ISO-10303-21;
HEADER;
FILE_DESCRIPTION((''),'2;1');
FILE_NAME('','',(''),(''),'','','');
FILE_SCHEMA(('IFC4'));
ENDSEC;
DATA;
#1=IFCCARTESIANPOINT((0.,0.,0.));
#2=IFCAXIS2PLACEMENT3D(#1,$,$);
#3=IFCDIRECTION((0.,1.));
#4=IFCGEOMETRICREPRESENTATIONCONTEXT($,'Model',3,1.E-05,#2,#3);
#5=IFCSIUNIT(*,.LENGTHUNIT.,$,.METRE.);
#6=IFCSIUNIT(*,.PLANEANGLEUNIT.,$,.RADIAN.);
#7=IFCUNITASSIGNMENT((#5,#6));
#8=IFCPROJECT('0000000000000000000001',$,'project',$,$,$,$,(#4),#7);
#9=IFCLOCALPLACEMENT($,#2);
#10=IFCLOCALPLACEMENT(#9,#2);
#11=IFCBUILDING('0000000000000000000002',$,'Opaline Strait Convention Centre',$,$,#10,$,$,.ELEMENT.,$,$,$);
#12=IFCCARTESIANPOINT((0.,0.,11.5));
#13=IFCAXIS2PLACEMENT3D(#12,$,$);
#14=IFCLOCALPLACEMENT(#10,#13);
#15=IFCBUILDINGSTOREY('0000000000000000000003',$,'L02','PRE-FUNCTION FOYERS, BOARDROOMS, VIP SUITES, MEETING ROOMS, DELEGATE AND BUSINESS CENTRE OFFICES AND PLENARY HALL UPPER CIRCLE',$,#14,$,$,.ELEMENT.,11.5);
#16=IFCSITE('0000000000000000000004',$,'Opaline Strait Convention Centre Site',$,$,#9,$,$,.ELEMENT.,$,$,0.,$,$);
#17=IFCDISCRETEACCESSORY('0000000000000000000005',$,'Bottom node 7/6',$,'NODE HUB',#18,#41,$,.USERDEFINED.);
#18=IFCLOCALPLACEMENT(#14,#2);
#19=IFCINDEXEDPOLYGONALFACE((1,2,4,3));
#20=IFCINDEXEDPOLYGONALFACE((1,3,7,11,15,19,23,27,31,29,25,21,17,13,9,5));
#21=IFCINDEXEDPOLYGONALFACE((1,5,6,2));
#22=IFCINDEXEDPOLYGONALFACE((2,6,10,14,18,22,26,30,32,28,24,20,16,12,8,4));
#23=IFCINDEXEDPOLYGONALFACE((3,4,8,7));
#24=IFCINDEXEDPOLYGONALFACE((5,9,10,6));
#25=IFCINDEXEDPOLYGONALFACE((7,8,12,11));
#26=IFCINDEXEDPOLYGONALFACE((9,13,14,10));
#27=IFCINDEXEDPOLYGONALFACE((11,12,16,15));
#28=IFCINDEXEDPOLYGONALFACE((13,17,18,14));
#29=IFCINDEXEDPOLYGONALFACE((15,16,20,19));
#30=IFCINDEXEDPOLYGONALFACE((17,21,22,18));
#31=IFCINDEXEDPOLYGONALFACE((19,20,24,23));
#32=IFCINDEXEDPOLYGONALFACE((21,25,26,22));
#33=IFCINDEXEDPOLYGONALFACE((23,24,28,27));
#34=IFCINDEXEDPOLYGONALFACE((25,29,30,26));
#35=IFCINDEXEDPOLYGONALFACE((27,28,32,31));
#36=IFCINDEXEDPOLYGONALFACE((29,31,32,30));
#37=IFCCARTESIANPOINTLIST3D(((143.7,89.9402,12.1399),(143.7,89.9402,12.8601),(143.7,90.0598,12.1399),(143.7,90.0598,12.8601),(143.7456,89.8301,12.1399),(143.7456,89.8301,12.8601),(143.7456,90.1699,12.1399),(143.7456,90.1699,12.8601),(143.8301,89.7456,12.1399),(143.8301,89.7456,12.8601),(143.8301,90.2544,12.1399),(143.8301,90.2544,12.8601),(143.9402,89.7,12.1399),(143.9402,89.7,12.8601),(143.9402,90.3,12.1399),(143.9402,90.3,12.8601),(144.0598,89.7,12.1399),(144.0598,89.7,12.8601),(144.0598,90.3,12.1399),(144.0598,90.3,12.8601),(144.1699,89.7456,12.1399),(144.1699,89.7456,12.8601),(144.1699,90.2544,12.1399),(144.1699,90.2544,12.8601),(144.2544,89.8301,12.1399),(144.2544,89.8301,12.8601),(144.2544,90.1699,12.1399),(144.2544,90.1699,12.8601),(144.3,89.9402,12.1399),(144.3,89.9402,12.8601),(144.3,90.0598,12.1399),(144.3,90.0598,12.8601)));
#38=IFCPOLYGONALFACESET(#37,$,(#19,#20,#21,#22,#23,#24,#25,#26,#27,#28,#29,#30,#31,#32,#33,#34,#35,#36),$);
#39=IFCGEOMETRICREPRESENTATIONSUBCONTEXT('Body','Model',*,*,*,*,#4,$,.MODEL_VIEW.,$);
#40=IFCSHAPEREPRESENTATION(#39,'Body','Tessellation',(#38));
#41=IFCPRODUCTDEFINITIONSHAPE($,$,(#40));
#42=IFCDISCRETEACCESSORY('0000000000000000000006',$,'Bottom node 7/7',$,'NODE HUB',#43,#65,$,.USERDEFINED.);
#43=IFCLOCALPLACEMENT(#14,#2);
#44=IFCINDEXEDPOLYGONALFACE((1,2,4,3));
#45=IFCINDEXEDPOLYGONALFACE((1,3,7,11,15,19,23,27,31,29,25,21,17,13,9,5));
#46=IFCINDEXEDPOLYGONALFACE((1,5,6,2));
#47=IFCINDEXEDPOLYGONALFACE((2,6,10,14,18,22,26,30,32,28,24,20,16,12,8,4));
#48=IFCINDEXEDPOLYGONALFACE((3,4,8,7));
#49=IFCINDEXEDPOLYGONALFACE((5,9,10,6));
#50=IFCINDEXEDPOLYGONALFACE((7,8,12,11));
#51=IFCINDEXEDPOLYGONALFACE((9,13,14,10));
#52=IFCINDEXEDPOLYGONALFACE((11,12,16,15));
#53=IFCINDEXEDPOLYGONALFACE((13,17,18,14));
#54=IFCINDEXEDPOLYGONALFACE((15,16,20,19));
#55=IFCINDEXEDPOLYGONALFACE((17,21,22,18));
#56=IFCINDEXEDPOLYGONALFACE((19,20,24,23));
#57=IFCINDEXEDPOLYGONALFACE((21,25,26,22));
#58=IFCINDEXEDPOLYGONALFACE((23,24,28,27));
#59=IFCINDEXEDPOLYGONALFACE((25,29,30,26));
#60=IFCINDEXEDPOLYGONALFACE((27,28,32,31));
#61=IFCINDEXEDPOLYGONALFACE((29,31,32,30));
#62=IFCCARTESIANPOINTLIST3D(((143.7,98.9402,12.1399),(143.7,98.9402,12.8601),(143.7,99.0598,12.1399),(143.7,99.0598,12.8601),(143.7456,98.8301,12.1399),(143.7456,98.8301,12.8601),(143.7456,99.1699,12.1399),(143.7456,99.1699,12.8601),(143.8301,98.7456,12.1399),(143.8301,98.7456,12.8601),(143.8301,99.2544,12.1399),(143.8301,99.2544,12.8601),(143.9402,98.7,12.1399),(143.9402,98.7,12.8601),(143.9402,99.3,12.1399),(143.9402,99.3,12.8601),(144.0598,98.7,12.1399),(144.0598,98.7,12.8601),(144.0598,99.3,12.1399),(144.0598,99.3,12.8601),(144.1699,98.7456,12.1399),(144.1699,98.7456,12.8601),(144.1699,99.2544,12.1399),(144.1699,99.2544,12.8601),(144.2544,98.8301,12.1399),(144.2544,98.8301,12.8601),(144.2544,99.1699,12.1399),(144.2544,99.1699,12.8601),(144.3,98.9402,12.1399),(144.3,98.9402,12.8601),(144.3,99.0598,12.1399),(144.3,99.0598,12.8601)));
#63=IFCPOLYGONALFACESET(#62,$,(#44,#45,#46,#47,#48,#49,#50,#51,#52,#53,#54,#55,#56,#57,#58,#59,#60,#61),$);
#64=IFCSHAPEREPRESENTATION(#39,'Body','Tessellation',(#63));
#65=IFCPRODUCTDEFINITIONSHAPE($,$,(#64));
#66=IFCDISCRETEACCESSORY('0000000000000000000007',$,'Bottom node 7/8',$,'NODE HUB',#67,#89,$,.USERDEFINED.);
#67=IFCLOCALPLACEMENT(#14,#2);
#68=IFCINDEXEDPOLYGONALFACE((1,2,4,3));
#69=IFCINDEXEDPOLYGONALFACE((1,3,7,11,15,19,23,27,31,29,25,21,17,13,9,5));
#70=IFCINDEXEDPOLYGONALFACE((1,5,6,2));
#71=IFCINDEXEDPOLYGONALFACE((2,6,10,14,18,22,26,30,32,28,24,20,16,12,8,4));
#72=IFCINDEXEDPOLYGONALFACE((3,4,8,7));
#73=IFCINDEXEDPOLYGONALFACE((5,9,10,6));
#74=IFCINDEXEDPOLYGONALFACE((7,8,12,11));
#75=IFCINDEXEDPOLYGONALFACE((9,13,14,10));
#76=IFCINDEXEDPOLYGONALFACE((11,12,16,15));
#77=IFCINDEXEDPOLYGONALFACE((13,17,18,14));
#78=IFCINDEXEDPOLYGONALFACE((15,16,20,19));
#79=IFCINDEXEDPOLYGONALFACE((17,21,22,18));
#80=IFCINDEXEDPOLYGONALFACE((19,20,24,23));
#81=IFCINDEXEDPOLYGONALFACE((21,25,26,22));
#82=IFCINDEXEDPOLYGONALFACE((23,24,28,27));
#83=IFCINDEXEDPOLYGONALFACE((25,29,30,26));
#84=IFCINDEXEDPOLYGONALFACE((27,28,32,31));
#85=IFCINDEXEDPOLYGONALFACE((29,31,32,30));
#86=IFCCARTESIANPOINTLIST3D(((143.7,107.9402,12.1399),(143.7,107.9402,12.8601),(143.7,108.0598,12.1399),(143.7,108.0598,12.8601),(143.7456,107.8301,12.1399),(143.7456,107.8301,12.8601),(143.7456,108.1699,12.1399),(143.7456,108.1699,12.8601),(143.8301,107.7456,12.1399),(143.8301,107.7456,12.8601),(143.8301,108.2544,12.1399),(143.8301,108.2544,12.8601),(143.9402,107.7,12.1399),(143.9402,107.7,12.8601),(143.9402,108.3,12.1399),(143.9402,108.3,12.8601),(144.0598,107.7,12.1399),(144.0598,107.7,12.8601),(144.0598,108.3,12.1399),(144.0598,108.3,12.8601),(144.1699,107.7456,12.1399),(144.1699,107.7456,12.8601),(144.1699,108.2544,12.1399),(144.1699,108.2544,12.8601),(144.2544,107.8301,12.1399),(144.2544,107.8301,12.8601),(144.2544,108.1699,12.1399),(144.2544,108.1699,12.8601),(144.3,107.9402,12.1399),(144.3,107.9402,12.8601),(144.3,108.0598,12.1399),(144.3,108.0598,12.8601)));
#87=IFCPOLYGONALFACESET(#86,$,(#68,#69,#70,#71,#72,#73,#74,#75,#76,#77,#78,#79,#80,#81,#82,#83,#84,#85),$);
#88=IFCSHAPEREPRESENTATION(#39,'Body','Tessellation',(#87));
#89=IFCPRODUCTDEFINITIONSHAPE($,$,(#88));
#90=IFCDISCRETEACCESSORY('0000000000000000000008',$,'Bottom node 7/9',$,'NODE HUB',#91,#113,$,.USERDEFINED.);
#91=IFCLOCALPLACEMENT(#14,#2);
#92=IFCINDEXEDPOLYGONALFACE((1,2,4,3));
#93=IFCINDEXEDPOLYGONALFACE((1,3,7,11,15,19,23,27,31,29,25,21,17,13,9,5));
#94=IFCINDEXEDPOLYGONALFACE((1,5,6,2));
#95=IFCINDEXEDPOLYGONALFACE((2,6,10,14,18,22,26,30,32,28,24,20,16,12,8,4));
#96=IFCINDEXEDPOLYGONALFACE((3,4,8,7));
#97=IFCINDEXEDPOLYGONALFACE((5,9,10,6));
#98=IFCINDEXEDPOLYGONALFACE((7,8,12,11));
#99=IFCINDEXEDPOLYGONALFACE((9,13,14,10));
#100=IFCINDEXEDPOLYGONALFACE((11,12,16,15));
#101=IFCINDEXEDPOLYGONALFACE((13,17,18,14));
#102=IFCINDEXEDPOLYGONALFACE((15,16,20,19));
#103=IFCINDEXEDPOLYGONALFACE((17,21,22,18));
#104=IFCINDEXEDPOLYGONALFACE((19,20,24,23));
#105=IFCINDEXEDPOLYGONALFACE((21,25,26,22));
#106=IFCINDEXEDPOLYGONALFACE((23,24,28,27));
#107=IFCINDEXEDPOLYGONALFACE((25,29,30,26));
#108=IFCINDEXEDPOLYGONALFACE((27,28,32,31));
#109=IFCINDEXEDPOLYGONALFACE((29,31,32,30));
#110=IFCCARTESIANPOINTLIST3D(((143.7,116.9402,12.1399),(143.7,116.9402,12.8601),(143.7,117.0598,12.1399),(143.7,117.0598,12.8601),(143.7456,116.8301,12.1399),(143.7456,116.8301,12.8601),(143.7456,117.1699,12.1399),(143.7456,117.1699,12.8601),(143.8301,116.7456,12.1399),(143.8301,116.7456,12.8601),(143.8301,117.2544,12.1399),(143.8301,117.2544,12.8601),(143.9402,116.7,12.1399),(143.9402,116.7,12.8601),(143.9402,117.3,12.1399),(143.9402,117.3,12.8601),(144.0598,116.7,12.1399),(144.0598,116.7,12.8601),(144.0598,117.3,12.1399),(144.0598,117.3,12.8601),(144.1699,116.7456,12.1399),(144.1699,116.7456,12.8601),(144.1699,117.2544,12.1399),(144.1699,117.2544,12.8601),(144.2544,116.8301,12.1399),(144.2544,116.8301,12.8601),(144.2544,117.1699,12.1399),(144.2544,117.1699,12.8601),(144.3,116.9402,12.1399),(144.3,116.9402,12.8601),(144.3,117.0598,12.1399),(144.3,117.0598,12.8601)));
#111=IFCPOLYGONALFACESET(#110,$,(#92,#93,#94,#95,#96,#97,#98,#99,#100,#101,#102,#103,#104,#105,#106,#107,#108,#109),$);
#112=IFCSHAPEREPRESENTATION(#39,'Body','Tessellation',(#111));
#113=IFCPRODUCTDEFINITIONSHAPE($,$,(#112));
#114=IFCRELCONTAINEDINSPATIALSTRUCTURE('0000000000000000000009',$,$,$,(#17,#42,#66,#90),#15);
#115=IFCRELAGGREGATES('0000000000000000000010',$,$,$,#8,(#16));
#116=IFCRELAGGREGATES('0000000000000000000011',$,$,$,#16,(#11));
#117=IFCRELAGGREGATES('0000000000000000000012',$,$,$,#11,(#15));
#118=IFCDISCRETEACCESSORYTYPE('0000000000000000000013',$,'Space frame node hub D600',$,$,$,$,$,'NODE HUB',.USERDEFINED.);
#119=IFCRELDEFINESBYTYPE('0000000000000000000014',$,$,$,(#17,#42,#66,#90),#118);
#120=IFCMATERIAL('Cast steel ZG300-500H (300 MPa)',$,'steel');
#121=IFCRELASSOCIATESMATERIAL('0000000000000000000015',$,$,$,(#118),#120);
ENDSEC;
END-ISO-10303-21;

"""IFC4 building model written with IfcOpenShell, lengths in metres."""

from ifc_helpers import new_model, si_unit, direction, frame, origin, place, context, subcontext, project, spatial, polyline, outline, extrude, material, type_object, element, save


model = new_model("IFC4")

# Units and contexts
model_context = context("Model", 3, precision=1e-05, world=origin(), true_north=direction((0.0, 1.0)))
body_context = subcontext(model_context, "Body", "Model", "MODEL_VIEW")
ifc_project = project(units=[si_unit("LENGTHUNIT", "METRE"), si_unit("PLANEANGLEUNIT", "RADIAN")], contexts=[model_context])

# Site, building, storey
site_placement = place(None, origin())
site = spatial("IfcSite", under=ifc_project, at=site_placement, Name="Opaline Strait Convention Centre Site", CompositionType="ELEMENT", RefElevation=0.0)
building_placement = place(site_placement, origin())
building = spatial("IfcBuilding", under=site, at=building_placement, Name="Opaline Strait Convention Centre", CompositionType="ELEMENT")
storey_placement = place(building_placement, frame((0.0, 0.0, 11.5)))
storey = spatial("IfcBuildingStorey", under=building, at=storey_placement, Name="L02", Description="PRE-FUNCTION FOYERS, BOARDROOMS, VIP SUITES, MEETING ROOMS, DELEGATE AND BUSINESS CENTRE OFFICES AND PLENARY HALL UPPER CIRCLE", CompositionType="ELEMENT", Elevation=11.5)

# Discrete accessories
ifc_material = material(Name="Cast steel ZG300-500H (300 MPa)", Category="steel")
discrete_accessory_type_1 = type_object("IfcDiscreteAccessoryType", Name="Space frame node hub D600", ElementType="NODE HUB", PredefinedType="USERDEFINED", material=ifc_material)
discrete_accessory_1_placement = place(storey_placement, frame((0.0, 0.0, 12.1399)))
element("IfcDiscreteAccessory", 1, at=discrete_accessory_1_placement, inside=storey, type_object=discrete_accessory_type_1, Name="Bottom node 7/6", ObjectType="NODE HUB", PredefinedType="USERDEFINED", context=body_context, shape_type="SweptSolid", body=[
    extrude(outline(polyline([(144.3, 90.0598), (144.2544, 90.1699), (144.1699, 90.2544), (144.0598, 90.3), (143.9402, 90.3), (143.8301, 90.2544), (143.7456, 90.1699), (143.7, 90.0598), (143.7, 89.9402), (143.7456, 89.8301), (143.8301, 89.7456), (143.9402, 89.7), (144.0598, 89.7), (144.1699, 89.7456), (144.2544, 89.8301), (144.3, 89.9402), (144.3, 90.0598)])), origin(), (0.0, 0.0, 1.0), 0.7202),
])
discrete_accessory_2_placement = place(storey_placement, frame((0.0, 0.0, 12.1399)))
element("IfcDiscreteAccessory", 2, at=discrete_accessory_2_placement, inside=storey, type_object=discrete_accessory_type_1, Name="Bottom node 7/7", ObjectType="NODE HUB", PredefinedType="USERDEFINED", context=body_context, shape_type="SweptSolid", body=[
    extrude(outline(polyline([(144.3, 99.0598), (144.2544, 99.1699), (144.1699, 99.2544), (144.0598, 99.3), (143.9402, 99.3), (143.8301, 99.2544), (143.7456, 99.1699), (143.7, 99.0598), (143.7, 98.9402), (143.7456, 98.8301), (143.8301, 98.7456), (143.9402, 98.7), (144.0598, 98.7), (144.1699, 98.7456), (144.2544, 98.8301), (144.3, 98.9402), (144.3, 99.0598)])), origin(), (0.0, 0.0, 1.0), 0.7202),
])
discrete_accessory_3_placement = place(storey_placement, frame((0.0, 0.0, 12.1399)))
element("IfcDiscreteAccessory", 3, at=discrete_accessory_3_placement, inside=storey, type_object=discrete_accessory_type_1, Name="Bottom node 7/8", ObjectType="NODE HUB", PredefinedType="USERDEFINED", context=body_context, shape_type="SweptSolid", body=[
    extrude(outline(polyline([(144.3, 108.0598), (144.2544, 108.1699), (144.1699, 108.2544), (144.0598, 108.3), (143.9402, 108.3), (143.8301, 108.2544), (143.7456, 108.1699), (143.7, 108.0598), (143.7, 107.9402), (143.7456, 107.8301), (143.8301, 107.7456), (143.9402, 107.7), (144.0598, 107.7), (144.1699, 107.7456), (144.2544, 107.8301), (144.3, 107.9402), (144.3, 108.0598)])), origin(), (0.0, 0.0, 1.0), 0.7202),
])
discrete_accessory_4_placement = place(storey_placement, frame((0.0, 0.0, 12.1399)))
element("IfcDiscreteAccessory", 4, at=discrete_accessory_4_placement, inside=storey, type_object=discrete_accessory_type_1, Name="Bottom node 7/9", ObjectType="NODE HUB", PredefinedType="USERDEFINED", context=body_context, shape_type="SweptSolid", body=[
    extrude(outline(polyline([(144.3, 117.0598), (144.2544, 117.1699), (144.1699, 117.2544), (144.0598, 117.3), (143.9402, 117.3), (143.8301, 117.2544), (143.7456, 117.1699), (143.7, 117.0598), (143.7, 116.9402), (143.7456, 116.8301), (143.8301, 116.7456), (143.9402, 116.7), (144.0598, 116.7), (144.1699, 116.7456), (144.2544, 116.8301), (144.3, 116.9402), (144.3, 117.0598)])), origin(), (0.0, 0.0, 1.0), 0.7202),
])

save(model, "model.ifc")
